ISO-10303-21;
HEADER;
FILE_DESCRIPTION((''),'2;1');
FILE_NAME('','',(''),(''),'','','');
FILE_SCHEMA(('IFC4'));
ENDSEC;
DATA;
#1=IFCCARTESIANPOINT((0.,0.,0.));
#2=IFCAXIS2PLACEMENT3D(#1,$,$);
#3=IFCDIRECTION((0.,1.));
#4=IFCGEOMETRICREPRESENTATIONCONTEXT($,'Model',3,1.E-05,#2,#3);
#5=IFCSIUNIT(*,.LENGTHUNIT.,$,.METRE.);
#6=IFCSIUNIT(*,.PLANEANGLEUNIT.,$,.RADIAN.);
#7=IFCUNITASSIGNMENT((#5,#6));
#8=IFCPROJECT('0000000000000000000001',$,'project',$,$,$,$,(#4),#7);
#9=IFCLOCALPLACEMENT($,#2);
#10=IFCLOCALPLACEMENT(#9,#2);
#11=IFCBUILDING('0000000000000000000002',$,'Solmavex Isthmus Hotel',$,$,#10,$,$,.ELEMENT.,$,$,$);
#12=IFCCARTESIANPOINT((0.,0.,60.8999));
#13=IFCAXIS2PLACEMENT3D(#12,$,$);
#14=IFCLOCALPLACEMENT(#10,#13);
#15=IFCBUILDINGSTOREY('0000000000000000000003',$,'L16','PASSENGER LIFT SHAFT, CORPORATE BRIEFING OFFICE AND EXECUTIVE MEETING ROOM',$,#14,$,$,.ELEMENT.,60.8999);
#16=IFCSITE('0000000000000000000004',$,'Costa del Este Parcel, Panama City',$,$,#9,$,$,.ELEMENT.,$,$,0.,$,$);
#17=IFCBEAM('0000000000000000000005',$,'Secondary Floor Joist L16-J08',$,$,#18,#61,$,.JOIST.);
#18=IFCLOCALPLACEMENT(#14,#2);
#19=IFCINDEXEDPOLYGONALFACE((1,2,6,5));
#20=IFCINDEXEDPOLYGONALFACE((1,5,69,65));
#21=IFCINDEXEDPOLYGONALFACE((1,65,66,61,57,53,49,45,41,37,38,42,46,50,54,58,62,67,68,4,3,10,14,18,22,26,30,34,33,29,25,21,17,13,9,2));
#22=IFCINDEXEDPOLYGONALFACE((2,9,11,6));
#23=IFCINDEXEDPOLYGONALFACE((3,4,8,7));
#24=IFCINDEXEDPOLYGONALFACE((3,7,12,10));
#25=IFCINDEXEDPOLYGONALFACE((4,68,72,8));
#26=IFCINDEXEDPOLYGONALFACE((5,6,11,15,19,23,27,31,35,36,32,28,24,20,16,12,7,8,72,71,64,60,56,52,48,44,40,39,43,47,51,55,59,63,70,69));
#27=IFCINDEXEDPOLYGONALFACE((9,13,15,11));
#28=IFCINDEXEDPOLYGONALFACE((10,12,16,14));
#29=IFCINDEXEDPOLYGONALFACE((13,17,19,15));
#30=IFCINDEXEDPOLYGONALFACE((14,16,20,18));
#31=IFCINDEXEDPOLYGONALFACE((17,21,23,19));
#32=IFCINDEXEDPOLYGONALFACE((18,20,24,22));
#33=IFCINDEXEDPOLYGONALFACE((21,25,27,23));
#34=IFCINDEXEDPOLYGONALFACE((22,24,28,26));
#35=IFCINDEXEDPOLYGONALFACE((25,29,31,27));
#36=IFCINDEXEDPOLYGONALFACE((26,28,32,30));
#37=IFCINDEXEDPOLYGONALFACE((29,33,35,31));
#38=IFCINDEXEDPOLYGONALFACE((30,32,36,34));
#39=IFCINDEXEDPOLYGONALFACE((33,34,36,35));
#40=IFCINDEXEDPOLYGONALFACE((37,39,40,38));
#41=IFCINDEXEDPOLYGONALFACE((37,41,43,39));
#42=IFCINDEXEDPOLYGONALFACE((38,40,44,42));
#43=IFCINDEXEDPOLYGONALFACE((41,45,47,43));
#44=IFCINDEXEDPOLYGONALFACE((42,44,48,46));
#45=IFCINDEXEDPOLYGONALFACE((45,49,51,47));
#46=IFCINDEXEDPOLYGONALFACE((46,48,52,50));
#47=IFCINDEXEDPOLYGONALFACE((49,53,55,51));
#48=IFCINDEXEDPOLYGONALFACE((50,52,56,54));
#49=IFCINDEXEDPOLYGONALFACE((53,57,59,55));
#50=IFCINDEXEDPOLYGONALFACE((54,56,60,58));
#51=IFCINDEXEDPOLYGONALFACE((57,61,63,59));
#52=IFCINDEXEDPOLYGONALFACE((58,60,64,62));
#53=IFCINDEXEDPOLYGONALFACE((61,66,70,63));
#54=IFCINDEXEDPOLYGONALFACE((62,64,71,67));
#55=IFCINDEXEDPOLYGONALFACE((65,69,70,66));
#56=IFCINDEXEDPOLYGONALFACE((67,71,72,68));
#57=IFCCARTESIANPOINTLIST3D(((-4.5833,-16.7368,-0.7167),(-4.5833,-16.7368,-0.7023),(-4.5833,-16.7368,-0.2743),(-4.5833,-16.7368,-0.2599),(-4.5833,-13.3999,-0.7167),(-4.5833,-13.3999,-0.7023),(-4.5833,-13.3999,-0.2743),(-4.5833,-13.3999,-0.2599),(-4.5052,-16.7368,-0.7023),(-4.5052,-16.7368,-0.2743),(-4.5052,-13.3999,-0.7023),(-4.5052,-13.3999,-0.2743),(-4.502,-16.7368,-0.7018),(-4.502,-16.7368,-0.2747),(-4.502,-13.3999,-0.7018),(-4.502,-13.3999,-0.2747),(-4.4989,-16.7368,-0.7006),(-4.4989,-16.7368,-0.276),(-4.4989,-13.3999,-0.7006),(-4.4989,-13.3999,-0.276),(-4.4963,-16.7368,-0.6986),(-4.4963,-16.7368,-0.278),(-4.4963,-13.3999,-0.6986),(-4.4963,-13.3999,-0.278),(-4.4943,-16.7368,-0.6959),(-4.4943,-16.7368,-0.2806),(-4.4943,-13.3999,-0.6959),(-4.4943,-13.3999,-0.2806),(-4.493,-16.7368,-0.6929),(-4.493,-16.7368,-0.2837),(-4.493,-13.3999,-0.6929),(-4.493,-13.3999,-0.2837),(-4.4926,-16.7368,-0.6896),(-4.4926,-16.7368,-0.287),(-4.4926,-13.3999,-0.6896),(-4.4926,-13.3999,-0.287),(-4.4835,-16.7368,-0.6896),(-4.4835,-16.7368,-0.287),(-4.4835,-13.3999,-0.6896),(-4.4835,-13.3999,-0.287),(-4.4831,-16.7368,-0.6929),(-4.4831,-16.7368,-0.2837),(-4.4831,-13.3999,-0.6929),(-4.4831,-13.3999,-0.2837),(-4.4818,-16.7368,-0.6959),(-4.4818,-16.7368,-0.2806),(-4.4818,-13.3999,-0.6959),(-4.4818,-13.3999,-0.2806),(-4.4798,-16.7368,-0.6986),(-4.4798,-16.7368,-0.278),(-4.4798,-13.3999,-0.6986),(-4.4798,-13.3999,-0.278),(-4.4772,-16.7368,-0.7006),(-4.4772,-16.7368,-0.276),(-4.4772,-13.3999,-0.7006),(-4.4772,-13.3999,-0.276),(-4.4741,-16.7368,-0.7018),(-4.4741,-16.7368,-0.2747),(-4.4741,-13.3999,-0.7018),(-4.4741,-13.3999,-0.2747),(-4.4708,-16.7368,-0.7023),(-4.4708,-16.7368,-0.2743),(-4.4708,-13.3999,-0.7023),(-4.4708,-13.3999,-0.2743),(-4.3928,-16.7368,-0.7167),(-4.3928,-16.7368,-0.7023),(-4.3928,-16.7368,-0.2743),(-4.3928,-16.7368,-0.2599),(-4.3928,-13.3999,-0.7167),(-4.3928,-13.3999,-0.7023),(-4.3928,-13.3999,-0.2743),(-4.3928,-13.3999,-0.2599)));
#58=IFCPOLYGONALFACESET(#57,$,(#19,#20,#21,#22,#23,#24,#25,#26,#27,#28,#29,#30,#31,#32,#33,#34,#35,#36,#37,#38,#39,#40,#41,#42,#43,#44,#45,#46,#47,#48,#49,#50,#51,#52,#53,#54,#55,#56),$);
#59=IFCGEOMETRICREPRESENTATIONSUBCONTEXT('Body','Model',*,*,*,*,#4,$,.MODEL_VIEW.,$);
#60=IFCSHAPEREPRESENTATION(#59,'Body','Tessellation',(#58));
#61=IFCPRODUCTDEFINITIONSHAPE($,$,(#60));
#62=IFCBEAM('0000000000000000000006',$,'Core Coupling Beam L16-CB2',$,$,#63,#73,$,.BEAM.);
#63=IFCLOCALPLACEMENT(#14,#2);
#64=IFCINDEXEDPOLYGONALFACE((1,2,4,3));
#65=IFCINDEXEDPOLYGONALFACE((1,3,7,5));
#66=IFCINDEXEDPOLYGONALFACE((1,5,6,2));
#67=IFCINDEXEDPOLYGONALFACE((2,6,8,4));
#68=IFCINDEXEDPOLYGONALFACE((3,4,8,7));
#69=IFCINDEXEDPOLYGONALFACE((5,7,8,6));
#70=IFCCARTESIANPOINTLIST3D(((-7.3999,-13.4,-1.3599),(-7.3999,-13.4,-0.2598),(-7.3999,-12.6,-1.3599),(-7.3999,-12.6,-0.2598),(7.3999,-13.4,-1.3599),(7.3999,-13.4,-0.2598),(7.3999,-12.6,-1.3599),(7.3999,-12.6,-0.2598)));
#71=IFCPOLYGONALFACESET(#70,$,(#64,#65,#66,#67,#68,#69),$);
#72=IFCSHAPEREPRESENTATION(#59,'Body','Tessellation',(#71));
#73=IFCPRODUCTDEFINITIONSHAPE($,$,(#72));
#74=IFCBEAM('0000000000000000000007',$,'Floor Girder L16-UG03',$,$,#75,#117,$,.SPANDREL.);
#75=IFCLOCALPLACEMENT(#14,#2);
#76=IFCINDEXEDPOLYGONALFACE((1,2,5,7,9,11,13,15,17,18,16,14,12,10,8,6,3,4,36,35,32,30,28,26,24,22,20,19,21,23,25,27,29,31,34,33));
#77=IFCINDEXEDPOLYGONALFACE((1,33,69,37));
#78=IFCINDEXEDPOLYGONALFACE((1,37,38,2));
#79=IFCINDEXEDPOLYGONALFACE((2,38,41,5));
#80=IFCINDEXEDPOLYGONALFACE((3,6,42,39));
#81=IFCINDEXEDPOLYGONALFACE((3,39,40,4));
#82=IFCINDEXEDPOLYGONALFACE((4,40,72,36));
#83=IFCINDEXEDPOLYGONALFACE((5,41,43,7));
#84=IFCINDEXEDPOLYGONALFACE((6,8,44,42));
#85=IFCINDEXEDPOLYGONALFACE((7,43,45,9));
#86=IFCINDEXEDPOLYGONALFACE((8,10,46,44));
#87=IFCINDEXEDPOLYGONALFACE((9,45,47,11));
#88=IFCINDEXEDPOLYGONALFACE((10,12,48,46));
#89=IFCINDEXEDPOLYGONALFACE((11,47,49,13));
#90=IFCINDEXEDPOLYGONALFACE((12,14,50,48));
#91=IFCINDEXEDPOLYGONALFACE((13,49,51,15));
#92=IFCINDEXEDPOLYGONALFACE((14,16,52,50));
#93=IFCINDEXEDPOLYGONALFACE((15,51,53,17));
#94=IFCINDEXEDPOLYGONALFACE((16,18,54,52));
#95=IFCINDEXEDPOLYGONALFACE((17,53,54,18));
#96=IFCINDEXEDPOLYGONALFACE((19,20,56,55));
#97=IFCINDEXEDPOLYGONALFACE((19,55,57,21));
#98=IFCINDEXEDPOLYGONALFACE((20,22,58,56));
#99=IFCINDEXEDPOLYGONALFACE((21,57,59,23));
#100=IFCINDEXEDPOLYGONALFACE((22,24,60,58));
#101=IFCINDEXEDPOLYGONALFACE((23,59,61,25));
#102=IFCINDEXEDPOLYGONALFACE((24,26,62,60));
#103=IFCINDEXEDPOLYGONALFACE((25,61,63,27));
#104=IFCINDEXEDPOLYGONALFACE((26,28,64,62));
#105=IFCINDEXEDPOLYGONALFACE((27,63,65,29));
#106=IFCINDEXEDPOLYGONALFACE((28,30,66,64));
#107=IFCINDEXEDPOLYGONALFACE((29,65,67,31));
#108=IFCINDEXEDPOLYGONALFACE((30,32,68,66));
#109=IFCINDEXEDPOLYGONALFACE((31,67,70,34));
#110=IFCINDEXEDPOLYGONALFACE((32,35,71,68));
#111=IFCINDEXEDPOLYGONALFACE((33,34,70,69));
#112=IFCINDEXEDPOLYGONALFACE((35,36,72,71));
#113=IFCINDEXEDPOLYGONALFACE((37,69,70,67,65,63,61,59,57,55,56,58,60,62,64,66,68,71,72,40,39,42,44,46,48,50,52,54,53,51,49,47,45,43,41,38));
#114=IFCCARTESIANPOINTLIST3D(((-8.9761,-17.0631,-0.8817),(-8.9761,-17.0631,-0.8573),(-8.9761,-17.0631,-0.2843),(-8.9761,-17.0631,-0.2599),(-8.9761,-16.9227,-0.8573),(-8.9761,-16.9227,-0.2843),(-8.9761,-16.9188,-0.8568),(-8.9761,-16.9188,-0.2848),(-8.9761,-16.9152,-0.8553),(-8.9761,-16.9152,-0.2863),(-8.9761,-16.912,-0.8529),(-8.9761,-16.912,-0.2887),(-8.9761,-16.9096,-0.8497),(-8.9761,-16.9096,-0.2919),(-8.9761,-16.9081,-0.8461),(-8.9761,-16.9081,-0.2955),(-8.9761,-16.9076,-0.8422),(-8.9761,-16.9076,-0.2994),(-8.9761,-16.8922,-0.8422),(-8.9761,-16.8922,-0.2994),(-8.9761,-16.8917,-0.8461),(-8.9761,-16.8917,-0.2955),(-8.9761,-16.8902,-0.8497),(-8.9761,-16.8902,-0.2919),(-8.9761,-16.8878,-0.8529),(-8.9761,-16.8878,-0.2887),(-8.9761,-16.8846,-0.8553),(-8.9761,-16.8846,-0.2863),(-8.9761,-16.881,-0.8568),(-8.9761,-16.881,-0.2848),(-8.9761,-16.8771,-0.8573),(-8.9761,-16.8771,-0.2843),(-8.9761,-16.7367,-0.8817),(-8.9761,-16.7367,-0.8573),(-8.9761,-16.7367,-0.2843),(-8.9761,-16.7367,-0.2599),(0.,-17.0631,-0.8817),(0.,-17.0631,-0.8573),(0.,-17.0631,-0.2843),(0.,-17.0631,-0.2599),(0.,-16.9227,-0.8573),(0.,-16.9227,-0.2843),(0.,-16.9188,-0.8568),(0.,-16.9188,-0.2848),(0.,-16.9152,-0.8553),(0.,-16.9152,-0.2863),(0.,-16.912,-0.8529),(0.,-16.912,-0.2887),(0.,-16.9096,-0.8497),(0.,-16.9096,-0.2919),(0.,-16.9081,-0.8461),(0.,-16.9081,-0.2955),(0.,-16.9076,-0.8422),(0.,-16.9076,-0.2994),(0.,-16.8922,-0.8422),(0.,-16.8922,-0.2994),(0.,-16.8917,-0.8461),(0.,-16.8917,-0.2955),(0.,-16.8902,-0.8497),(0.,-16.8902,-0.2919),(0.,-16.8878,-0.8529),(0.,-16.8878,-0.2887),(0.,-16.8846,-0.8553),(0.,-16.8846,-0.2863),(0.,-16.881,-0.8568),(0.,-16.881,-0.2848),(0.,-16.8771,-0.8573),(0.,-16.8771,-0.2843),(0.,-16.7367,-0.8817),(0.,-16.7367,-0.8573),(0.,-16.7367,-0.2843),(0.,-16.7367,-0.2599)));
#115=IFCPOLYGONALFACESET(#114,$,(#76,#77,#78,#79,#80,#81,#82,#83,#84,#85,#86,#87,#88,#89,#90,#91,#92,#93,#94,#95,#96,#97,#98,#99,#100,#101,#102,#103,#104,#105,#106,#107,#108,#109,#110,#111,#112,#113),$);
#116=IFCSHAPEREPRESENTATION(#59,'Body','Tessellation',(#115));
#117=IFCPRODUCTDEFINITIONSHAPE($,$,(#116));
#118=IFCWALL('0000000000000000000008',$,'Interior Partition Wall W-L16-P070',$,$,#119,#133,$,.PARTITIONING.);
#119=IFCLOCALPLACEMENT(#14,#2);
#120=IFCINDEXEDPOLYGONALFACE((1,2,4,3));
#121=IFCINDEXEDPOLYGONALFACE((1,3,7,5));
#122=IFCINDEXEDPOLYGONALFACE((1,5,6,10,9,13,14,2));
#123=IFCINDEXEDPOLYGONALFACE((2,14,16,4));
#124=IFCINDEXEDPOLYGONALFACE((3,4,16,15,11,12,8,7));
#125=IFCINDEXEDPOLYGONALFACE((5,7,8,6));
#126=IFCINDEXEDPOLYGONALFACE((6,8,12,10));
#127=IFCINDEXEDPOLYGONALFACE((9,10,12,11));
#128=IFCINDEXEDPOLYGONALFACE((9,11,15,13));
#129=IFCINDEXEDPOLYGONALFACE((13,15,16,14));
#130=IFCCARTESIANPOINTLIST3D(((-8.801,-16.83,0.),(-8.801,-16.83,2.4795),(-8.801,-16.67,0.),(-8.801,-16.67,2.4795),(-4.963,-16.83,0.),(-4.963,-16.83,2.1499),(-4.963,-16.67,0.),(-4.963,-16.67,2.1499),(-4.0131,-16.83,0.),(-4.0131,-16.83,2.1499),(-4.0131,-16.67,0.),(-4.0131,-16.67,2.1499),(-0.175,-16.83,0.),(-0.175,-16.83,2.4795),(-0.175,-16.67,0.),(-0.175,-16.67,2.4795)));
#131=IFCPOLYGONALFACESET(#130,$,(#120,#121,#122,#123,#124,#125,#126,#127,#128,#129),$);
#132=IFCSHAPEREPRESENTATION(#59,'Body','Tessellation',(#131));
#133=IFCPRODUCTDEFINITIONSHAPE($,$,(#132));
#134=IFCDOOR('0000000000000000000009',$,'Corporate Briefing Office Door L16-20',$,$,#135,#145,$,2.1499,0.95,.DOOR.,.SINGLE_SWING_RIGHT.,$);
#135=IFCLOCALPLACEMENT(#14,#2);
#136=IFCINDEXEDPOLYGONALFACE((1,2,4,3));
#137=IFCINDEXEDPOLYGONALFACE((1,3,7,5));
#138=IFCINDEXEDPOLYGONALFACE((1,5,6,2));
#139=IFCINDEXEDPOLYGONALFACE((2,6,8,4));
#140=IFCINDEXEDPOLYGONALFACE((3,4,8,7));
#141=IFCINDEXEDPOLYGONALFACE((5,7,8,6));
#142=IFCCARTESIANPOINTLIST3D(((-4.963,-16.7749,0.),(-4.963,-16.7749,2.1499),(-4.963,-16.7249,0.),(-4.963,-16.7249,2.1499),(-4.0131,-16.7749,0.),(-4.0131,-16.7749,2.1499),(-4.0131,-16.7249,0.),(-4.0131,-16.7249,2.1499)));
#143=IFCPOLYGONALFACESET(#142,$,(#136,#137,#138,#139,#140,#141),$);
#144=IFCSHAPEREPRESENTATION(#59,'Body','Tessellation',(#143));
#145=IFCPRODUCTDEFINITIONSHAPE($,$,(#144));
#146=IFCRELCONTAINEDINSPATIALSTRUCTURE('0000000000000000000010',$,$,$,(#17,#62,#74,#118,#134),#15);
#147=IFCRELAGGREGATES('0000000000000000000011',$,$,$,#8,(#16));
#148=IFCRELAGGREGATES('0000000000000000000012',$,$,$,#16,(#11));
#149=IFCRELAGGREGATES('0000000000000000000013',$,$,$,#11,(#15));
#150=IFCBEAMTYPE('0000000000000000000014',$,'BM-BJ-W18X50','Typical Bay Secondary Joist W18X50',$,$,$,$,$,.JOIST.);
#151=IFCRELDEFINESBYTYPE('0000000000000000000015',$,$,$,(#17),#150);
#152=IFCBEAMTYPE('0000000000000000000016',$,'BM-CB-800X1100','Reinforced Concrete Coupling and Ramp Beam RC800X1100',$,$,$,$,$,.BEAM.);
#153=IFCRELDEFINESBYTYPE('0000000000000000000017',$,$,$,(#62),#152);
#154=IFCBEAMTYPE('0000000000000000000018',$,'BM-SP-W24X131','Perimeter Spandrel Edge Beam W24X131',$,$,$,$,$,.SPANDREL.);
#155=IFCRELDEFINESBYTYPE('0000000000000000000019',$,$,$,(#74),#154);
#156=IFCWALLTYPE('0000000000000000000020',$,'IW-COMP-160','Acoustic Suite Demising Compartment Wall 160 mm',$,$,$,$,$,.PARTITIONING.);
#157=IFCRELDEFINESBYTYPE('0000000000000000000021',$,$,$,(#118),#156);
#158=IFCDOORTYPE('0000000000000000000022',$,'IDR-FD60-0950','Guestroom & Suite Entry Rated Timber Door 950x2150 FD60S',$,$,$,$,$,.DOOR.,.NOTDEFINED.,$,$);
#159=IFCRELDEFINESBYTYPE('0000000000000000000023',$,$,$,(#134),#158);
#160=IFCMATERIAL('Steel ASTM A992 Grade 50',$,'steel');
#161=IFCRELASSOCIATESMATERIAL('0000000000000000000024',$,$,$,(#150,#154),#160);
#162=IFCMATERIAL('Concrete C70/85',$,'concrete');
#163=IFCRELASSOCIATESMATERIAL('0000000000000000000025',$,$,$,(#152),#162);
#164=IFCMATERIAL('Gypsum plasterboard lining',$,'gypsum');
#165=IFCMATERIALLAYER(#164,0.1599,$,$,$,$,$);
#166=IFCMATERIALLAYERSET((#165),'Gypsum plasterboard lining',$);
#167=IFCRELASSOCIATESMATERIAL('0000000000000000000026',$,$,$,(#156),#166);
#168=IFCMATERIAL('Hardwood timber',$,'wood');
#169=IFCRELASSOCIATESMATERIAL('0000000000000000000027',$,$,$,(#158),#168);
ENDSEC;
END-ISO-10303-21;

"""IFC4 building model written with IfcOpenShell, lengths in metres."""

from ifc_helpers import new_model, si_unit, direction, frame, frame_2d, origin, origin_2d, place, context, subcontext, project, spatial, rectangle, i_section, extrude, material, layer, layer_set, material_profile, profile_set, type_object, element, fill, save


model = new_model("IFC4")

# Units and contexts
model_context = context("Model", 3, precision=1e-05, world=origin(), true_north=direction((0.0, 1.0)))
body_context = subcontext(model_context, "Body", "Model", "MODEL_VIEW")
ifc_project = project(units=[si_unit("LENGTHUNIT", "METRE"), si_unit("PLANEANGLEUNIT", "RADIAN")], contexts=[model_context])

# Site, building, storey
site_placement = place(None, origin())
site = spatial("IfcSite", under=ifc_project, at=site_placement, Name="Costa del Este Parcel, Panama City", CompositionType="ELEMENT", RefElevation=0.0)
building_placement = place(site_placement, origin())
building = spatial("IfcBuilding", under=site, at=building_placement, Name="Solmavex Isthmus Hotel", CompositionType="ELEMENT")
storey_placement = place(building_placement, frame((0.0, 0.0, 60.8999)))
storey = spatial("IfcBuildingStorey", under=building, at=storey_placement, Name="L16", Description="PASSENGER LIFT SHAFT, CORPORATE BRIEFING OFFICE AND EXECUTIVE MEETING ROOM", CompositionType="ELEMENT", Elevation=60.8999)

# Shared definitions
ifc_material_1 = material(Name="Concrete C70/85", Category="concrete")

# Beams
ifc_material_2 = material(Name="Steel ASTM A992 Grade 50", Category="steel")
ifc_material_profile_1 = material_profile(ifc_material_2, i_section(OverallWidth=0.1904, OverallDepth=0.4568, WebThickness=0.009, FlangeThickness=0.0144, FilletRadius=0.0127, at=origin_2d()), Name="W18X50")
ifc_profile_set_1 = profile_set([ifc_material_profile_1], Name="Steel ASTM A992 Grade 50")
beam_type_1 = type_object("IfcBeamType", Name="BM-BJ-W18X50", Description="Typical Bay Secondary Joist W18X50", PredefinedType="JOIST", material=ifc_profile_set_1)
beam_1_placement = place(storey_placement, frame((-4.488, -16.7368, -0.4883), z_axis=(0.0, 1.0, 0.0), x_axis=(-1.0, 0.0, 0.0)))
element("IfcBeam", 1, at=beam_1_placement, inside=storey, type_object=beam_type_1, Name="Secondary Floor Joist L16-J08", PredefinedType="JOIST", context=body_context, shape_type="SweptSolid", body=[
    extrude(i_section(OverallWidth=0.1904, OverallDepth=0.4568, WebThickness=0.009, FlangeThickness=0.0144, FilletRadius=0.0127, at=origin_2d()), origin(), (0.0, 0.0, 1.0), 3.3369),
])
ifc_material_profile_2 = material_profile(ifc_material_1, rectangle(XDim=0.8, YDim=1.1001, at=origin_2d()), Name="RC800X1100")
ifc_profile_set_2 = profile_set([ifc_material_profile_2], Name="Concrete C70/85")
beam_type_2 = type_object("IfcBeamType", Name="BM-CB-800X1100", Description="Reinforced Concrete Coupling and Ramp Beam RC800X1100", PredefinedType="BEAM", material=ifc_profile_set_2)
beam_2_placement = place(storey_placement, frame((-7.3999, -13.0, -0.8098), z_axis=(1.0, 0.0, 0.0), x_axis=(0.0, 1.0, 0.0)))
element("IfcBeam", 2, at=beam_2_placement, inside=storey, type_object=beam_type_2, Name="Core Coupling Beam L16-CB2", PredefinedType="BEAM", context=body_context, shape_type="SweptSolid", body=[
    extrude(rectangle(XDim=0.8, YDim=1.1001, at=origin_2d()), origin(), (0.0, 0.0, 1.0), 14.7998),
])
ifc_material_profile_3 = material_profile(ifc_material_2, i_section(OverallWidth=0.3264, OverallDepth=0.6218, WebThickness=0.0154, FlangeThickness=0.0244, FilletRadius=0.0151, at=origin_2d()), Name="W24X131")
ifc_profile_set_3 = profile_set([ifc_material_profile_3], Name="Steel ASTM A992 Grade 50")
beam_type_3 = type_object("IfcBeamType", Name="BM-SP-W24X131", Description="Perimeter Spandrel Edge Beam W24X131", PredefinedType="SPANDREL", material=ifc_profile_set_3)
beam_3_placement = place(storey_placement, frame((-8.9761, -16.8999, -0.5708), z_axis=(1.0, 0.0, 0.0), x_axis=(0.0, 1.0, 0.0)))
element("IfcBeam", 3, at=beam_3_placement, inside=storey, type_object=beam_type_3, Name="Floor Girder L16-UG03", PredefinedType="SPANDREL", context=body_context, shape_type="SweptSolid", body=[
    extrude(i_section(OverallWidth=0.3264, OverallDepth=0.6218, WebThickness=0.0154, FlangeThickness=0.0244, FilletRadius=0.0151, at=origin_2d()), origin(), (0.0, 0.0, 1.0), 8.9761),
])

# Wall, opening, door
ifc_material_3 = material(Name="Gypsum plasterboard lining", Category="gypsum")
ifc_layer_1 = layer(ifc_material_3, 0.1599)
ifc_layer_set_1 = layer_set([ifc_layer_1], Name="Gypsum plasterboard lining")
wall_type_1 = type_object("IfcWallType", Name="IW-COMP-160", Description="Acoustic Suite Demising Compartment Wall 160 mm", PredefinedType="PARTITIONING", material=ifc_layer_set_1)
wall_1_placement = place(storey_placement, frame((-0.175, -16.75, 0.0), z_axis=(0.0, 0.0, 1.0), x_axis=(-1.0, 0.0, 0.0)))
wall_1 = element("IfcWall", 4, at=wall_1_placement, inside=storey, type_object=wall_type_1, Name="Interior Partition Wall W-L16-P070", PredefinedType="PARTITIONING", context=body_context, shape_type="SweptSolid", body=[
    extrude(rectangle(XDim=8.626, YDim=0.1599, at=frame_2d((4.313, 0.0))), origin(), (0.0, 0.0, 1.0), 2.4795),
])
opening_1_placement = place(wall_1_placement, frame((3.8379, 0.0, 0.0)))
opening_1 = element("IfcOpeningElement", 5, at=opening_1_placement, cuts=wall_1, PredefinedType="OPENING", context=body_context, shape_type="SweptSolid", body=[
    extrude(rectangle(XDim=0.95, YDim=2.1499, at=frame_2d((0.4751, 1.075))), frame((0.0, 0.0898, 0.0), z_axis=(0.0, -1.0, 0.0), x_axis=(1.0, 0.0, 0.0)), (0.0, 0.0, 1.0), 0.1799),
])
ifc_material_4 = material(Name="Hardwood timber", Category="wood")
door_type_1 = type_object("IfcDoorType", Name="IDR-FD60-0950", Description="Guestroom & Suite Entry Rated Timber Door 950x2150 FD60S", OperationType="NOTDEFINED", PredefinedType="DOOR", material=ifc_material_4)
door_1_placement = place(opening_1_placement, origin())
door_1 = element("IfcDoor", 6, at=door_1_placement, inside=storey, type_object=door_type_1, Name="Corporate Briefing Office Door L16-20", OperationType="SINGLE_SWING_RIGHT", OverallHeight=2.1499, OverallWidth=0.95, PredefinedType="DOOR", context=body_context, shape_type="SweptSolid", body=[
    extrude(rectangle(XDim=0.95, YDim=2.1499, at=frame_2d((0.4751, 1.075))), frame((0.0, 0.0249, 0.0), z_axis=(0.0, -1.0, 0.0), x_axis=(1.0, 0.0, 0.0)), (0.0, 0.0, 1.0), 0.05),
])
fill(opening_1, door_1)

save(model, "model.ifc")
